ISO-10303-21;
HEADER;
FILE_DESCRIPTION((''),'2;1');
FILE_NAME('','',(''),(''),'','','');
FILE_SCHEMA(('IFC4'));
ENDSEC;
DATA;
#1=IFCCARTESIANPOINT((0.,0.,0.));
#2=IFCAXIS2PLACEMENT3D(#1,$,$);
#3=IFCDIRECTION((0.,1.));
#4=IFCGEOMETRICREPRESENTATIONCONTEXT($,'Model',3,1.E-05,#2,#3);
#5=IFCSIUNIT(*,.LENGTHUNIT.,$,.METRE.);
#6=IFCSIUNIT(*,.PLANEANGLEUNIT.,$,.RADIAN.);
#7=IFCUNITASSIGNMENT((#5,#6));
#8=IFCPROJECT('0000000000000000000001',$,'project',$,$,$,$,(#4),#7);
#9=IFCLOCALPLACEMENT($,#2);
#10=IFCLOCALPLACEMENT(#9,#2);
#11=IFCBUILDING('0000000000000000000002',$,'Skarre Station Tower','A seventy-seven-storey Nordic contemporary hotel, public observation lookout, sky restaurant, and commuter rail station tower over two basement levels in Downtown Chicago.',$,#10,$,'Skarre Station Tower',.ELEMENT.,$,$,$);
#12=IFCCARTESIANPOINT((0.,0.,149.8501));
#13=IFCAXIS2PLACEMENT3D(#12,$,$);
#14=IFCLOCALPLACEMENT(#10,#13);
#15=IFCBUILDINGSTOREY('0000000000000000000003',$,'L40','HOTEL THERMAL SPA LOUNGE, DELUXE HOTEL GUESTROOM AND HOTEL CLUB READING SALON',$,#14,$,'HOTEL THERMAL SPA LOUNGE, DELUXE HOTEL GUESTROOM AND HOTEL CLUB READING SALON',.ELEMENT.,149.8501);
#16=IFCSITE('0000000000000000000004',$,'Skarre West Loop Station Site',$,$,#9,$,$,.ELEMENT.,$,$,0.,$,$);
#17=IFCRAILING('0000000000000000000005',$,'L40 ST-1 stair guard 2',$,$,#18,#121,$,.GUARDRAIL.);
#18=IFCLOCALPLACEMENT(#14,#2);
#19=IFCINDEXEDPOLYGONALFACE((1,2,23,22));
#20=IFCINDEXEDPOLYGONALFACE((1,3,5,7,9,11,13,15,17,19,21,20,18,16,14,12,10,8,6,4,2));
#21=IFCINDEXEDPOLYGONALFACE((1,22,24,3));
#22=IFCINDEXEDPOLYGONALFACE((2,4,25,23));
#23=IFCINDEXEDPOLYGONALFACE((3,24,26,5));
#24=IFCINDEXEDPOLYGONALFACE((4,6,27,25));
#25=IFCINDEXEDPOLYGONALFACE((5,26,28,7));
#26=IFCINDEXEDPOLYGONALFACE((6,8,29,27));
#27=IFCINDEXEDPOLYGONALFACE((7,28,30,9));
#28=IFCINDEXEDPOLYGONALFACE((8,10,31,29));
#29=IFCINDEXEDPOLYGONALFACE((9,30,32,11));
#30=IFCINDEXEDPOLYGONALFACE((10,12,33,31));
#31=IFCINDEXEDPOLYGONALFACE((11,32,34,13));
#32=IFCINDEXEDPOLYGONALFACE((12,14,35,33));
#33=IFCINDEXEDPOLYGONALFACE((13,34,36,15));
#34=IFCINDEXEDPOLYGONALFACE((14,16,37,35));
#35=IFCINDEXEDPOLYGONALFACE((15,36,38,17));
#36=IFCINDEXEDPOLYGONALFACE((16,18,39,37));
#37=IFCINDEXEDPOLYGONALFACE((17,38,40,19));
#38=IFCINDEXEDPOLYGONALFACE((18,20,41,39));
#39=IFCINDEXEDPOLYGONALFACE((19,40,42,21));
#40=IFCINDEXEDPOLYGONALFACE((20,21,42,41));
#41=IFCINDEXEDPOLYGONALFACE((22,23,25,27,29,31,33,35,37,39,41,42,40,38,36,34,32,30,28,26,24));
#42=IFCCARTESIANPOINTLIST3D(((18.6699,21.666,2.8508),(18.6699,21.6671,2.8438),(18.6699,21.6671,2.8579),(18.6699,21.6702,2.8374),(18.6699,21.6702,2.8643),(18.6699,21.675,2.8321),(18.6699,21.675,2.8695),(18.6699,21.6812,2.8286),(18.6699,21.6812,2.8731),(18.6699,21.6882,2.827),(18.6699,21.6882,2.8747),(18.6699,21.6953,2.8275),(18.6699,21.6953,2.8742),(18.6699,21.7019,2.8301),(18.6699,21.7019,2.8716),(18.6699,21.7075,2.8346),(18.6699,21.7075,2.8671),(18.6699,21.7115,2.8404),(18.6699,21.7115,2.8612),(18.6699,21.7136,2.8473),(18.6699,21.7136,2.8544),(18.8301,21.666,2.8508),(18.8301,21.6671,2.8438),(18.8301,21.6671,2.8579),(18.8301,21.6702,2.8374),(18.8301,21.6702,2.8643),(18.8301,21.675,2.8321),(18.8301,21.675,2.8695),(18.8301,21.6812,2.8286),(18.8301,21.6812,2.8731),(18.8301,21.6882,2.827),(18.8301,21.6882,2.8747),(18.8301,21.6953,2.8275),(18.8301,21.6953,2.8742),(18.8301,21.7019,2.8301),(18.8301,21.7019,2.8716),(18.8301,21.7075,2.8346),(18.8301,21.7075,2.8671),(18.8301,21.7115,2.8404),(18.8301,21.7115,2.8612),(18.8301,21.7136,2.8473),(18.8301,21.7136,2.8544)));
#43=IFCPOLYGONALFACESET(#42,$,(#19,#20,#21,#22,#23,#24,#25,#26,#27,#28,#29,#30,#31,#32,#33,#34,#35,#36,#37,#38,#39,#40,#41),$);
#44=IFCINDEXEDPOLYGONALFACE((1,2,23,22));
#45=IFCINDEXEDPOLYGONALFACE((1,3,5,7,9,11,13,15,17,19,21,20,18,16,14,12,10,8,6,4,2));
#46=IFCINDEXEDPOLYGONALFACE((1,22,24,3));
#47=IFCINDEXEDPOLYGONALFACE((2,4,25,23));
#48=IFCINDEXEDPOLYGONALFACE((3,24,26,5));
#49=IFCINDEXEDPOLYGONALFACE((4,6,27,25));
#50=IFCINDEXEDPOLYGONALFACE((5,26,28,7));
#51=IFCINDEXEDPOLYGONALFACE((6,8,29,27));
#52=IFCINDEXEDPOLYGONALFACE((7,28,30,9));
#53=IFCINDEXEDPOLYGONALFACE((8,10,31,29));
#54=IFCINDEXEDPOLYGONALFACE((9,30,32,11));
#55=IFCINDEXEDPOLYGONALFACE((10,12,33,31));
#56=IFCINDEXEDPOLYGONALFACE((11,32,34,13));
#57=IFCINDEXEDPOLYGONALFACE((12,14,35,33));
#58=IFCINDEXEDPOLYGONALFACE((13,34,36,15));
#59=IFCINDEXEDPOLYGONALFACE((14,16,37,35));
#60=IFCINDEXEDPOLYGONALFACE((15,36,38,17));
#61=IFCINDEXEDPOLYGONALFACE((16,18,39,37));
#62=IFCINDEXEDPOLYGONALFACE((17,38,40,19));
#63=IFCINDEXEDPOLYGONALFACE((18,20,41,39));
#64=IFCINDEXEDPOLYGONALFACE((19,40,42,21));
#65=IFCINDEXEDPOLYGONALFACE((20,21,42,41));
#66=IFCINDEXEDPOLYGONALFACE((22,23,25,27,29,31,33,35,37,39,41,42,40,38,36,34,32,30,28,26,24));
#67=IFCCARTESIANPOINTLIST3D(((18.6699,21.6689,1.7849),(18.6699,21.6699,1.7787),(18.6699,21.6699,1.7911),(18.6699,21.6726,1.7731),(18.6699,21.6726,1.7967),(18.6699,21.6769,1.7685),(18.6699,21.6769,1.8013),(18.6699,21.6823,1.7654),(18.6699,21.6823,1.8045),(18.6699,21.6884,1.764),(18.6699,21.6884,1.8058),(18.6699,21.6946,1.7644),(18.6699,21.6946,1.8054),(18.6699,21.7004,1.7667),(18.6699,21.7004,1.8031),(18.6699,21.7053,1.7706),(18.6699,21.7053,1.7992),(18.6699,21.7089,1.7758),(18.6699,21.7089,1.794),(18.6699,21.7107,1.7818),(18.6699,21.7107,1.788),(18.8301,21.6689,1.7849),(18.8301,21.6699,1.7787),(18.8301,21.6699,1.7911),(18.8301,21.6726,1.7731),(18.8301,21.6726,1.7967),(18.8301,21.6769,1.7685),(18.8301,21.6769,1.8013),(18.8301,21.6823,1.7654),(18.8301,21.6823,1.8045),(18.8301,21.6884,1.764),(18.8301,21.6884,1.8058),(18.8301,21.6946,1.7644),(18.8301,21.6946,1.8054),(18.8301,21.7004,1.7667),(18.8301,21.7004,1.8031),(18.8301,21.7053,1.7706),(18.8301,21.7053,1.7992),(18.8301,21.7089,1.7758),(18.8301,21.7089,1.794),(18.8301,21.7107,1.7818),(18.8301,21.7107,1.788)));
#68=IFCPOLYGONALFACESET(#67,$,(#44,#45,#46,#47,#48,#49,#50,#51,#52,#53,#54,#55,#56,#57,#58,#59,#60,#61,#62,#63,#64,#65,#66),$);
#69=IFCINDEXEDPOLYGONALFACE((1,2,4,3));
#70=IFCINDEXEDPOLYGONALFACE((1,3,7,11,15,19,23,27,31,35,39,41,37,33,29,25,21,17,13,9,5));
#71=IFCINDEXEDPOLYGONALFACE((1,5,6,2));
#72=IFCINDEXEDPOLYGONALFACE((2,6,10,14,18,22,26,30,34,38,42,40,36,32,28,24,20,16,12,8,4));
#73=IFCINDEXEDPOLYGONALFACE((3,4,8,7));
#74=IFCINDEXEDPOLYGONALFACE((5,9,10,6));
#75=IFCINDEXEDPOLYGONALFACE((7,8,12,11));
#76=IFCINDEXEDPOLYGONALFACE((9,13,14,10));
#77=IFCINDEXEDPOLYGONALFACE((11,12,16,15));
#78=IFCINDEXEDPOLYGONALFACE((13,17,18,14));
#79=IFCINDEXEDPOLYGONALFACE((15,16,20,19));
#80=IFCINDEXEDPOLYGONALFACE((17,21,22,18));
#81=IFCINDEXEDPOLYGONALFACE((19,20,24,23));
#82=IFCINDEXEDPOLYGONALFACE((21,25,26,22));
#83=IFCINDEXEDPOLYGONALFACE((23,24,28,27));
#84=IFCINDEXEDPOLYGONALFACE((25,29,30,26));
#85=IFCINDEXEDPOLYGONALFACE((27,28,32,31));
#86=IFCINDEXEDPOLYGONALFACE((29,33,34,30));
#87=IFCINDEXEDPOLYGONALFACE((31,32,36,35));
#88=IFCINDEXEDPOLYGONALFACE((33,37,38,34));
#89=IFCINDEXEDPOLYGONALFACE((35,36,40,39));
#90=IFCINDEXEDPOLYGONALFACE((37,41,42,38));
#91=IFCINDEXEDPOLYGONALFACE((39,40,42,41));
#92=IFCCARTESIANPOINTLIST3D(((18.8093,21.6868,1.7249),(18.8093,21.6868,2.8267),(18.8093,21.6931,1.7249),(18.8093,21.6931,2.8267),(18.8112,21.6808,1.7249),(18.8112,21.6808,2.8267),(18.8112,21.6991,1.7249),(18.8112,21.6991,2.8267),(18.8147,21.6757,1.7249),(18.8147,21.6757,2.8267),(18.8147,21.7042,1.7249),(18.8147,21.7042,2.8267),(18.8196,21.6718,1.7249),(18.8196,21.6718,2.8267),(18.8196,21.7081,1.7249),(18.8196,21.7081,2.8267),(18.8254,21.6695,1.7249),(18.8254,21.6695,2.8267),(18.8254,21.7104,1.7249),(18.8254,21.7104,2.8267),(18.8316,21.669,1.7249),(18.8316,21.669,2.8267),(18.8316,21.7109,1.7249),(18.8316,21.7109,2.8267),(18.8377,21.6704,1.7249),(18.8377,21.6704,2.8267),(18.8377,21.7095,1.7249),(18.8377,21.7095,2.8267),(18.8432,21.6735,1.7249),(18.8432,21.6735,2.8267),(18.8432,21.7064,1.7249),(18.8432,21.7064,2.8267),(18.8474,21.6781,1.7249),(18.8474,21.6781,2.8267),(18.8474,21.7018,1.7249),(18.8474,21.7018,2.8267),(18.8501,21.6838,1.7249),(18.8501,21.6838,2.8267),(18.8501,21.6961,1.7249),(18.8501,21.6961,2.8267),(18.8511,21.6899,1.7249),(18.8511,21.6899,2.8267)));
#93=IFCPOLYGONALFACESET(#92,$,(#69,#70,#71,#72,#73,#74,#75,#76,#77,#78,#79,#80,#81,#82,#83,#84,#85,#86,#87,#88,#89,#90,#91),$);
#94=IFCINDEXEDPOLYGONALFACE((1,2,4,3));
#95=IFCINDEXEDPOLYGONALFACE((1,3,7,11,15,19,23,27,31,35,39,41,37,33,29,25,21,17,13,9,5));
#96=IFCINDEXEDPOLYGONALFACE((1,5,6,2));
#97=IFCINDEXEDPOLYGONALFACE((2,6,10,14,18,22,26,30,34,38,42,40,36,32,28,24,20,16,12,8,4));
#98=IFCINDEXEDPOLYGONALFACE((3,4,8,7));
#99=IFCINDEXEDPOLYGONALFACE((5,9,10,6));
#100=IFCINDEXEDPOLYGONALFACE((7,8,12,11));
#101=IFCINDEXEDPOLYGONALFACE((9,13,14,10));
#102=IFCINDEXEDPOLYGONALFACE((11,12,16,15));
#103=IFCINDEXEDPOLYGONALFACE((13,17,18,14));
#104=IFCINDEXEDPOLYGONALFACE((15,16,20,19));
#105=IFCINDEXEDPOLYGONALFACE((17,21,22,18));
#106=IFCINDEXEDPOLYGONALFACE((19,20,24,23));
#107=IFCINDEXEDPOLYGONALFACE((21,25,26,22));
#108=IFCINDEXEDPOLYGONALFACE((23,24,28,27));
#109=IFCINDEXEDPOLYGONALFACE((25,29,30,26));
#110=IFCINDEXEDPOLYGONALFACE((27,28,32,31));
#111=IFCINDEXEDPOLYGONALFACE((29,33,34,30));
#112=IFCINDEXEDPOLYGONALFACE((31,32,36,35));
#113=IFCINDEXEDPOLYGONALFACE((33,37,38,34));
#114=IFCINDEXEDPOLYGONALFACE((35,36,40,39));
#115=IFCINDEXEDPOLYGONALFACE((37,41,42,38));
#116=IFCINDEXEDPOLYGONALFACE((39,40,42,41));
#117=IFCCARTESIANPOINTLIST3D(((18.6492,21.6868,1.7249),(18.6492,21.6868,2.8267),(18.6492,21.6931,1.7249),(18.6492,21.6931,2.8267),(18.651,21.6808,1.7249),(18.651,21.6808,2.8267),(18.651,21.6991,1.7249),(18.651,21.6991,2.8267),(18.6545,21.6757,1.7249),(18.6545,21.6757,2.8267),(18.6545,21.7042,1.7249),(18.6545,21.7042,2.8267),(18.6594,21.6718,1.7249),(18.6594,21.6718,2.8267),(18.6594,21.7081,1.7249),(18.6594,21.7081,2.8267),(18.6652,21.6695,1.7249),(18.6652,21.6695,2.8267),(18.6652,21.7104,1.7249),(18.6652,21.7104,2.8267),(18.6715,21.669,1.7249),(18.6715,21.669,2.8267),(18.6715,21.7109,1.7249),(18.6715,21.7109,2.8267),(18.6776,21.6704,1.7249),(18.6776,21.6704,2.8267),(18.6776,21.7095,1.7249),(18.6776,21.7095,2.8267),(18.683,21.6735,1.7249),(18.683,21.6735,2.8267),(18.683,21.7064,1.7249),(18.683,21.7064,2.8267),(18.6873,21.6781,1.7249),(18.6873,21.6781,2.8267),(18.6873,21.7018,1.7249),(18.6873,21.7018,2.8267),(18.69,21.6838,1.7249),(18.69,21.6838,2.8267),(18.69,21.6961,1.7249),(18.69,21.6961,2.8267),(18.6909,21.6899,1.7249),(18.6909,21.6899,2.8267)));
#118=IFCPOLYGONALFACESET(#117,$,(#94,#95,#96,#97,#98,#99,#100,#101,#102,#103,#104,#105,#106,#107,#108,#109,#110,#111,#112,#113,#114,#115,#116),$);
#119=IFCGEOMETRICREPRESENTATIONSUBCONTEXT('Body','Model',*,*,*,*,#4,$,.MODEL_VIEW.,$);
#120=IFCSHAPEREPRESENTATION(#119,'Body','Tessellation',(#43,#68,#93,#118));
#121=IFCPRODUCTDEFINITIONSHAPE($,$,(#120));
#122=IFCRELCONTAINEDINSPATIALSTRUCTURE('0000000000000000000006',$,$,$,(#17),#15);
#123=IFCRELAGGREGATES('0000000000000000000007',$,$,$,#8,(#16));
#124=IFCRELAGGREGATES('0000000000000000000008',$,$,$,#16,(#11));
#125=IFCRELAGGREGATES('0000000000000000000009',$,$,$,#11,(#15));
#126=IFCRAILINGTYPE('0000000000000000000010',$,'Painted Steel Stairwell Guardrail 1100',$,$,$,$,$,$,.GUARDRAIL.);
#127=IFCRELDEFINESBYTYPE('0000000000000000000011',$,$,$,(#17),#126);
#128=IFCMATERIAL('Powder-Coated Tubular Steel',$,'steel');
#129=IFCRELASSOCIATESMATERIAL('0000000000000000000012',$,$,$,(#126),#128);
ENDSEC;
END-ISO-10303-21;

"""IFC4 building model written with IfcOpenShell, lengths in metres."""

from ifc_helpers import new_model, si_unit, direction, frame, origin, origin_2d, place, context, subcontext, project, spatial, circle, extrude, material, type_object, element, save


model = new_model("IFC4")

# Units and contexts
model_context = context("Model", 3, precision=1e-05, world=origin(), true_north=direction((0.0, 1.0)))
body_context = subcontext(model_context, "Body", "Model", "MODEL_VIEW")
ifc_project = project(units=[si_unit("LENGTHUNIT", "METRE"), si_unit("PLANEANGLEUNIT", "RADIAN")], contexts=[model_context])

# Site, building, storey
site_placement = place(None, origin())
site = spatial("IfcSite", under=ifc_project, at=site_placement, Name="Skarre West Loop Station Site", CompositionType="ELEMENT", RefElevation=0.0)
building_placement = place(site_placement, origin())
building = spatial("IfcBuilding", under=site, at=building_placement, Name="Skarre Station Tower", Description="A seventy-seven-storey Nordic contemporary hotel, public observation lookout, sky restaurant, and commuter rail station tower over two basement levels in Downtown Chicago.", LongName="Skarre Station Tower", CompositionType="ELEMENT")
storey_placement = place(building_placement, frame((0.0, 0.0, 149.8501)))
storey = spatial("IfcBuildingStorey", under=building, at=storey_placement, Name="L40", Description="HOTEL THERMAL SPA LOUNGE, DELUXE HOTEL GUESTROOM AND HOTEL CLUB READING SALON", LongName="HOTEL THERMAL SPA LOUNGE, DELUXE HOTEL GUESTROOM AND HOTEL CLUB READING SALON", CompositionType="ELEMENT", Elevation=149.8501)

# Railing
ifc_material_1 = material(Name="Powder-Coated Tubular Steel", Category="steel")
railing_type = type_object("IfcRailingType", Name="Painted Steel Stairwell Guardrail 1100", PredefinedType="GUARDRAIL", material=ifc_material_1)
railing_placement = place(storey_placement, frame((18.8301, 21.6899, 1.7249)))
element("IfcRailing", 1, at=railing_placement, inside=storey, type_object=railing_type, Name="L40 ST-1 stair guard 2", PredefinedType="GUARDRAIL", context=body_context, shape_type="SweptSolid", body=[
    extrude(circle(Radius=0.0239, at=origin_2d()), frame((0.0, 0.0, 1.126), z_axis=(-1.0, 0.0, 0.0), x_axis=(0.0, -1.0, 0.0)), (0.0, 0.0, 1.0), 0.1602),
    extrude(circle(Radius=0.021, at=origin_2d()), frame((0.0, 0.0, 0.0601), z_axis=(-1.0, 0.0, 0.0), x_axis=(0.0, -1.0, 0.0)), (0.0, 0.0, 1.0), 0.1602),
    extrude(circle(Radius=0.021, at=origin_2d()), origin(), (0.0, 0.0, 1.0), 1.1018),
    extrude(circle(Radius=0.021, at=origin_2d()), frame((-0.1602, 0.0, 0.0)), (0.0, 0.0, 1.0), 1.1018),
])

save(model, "model.ifc")
